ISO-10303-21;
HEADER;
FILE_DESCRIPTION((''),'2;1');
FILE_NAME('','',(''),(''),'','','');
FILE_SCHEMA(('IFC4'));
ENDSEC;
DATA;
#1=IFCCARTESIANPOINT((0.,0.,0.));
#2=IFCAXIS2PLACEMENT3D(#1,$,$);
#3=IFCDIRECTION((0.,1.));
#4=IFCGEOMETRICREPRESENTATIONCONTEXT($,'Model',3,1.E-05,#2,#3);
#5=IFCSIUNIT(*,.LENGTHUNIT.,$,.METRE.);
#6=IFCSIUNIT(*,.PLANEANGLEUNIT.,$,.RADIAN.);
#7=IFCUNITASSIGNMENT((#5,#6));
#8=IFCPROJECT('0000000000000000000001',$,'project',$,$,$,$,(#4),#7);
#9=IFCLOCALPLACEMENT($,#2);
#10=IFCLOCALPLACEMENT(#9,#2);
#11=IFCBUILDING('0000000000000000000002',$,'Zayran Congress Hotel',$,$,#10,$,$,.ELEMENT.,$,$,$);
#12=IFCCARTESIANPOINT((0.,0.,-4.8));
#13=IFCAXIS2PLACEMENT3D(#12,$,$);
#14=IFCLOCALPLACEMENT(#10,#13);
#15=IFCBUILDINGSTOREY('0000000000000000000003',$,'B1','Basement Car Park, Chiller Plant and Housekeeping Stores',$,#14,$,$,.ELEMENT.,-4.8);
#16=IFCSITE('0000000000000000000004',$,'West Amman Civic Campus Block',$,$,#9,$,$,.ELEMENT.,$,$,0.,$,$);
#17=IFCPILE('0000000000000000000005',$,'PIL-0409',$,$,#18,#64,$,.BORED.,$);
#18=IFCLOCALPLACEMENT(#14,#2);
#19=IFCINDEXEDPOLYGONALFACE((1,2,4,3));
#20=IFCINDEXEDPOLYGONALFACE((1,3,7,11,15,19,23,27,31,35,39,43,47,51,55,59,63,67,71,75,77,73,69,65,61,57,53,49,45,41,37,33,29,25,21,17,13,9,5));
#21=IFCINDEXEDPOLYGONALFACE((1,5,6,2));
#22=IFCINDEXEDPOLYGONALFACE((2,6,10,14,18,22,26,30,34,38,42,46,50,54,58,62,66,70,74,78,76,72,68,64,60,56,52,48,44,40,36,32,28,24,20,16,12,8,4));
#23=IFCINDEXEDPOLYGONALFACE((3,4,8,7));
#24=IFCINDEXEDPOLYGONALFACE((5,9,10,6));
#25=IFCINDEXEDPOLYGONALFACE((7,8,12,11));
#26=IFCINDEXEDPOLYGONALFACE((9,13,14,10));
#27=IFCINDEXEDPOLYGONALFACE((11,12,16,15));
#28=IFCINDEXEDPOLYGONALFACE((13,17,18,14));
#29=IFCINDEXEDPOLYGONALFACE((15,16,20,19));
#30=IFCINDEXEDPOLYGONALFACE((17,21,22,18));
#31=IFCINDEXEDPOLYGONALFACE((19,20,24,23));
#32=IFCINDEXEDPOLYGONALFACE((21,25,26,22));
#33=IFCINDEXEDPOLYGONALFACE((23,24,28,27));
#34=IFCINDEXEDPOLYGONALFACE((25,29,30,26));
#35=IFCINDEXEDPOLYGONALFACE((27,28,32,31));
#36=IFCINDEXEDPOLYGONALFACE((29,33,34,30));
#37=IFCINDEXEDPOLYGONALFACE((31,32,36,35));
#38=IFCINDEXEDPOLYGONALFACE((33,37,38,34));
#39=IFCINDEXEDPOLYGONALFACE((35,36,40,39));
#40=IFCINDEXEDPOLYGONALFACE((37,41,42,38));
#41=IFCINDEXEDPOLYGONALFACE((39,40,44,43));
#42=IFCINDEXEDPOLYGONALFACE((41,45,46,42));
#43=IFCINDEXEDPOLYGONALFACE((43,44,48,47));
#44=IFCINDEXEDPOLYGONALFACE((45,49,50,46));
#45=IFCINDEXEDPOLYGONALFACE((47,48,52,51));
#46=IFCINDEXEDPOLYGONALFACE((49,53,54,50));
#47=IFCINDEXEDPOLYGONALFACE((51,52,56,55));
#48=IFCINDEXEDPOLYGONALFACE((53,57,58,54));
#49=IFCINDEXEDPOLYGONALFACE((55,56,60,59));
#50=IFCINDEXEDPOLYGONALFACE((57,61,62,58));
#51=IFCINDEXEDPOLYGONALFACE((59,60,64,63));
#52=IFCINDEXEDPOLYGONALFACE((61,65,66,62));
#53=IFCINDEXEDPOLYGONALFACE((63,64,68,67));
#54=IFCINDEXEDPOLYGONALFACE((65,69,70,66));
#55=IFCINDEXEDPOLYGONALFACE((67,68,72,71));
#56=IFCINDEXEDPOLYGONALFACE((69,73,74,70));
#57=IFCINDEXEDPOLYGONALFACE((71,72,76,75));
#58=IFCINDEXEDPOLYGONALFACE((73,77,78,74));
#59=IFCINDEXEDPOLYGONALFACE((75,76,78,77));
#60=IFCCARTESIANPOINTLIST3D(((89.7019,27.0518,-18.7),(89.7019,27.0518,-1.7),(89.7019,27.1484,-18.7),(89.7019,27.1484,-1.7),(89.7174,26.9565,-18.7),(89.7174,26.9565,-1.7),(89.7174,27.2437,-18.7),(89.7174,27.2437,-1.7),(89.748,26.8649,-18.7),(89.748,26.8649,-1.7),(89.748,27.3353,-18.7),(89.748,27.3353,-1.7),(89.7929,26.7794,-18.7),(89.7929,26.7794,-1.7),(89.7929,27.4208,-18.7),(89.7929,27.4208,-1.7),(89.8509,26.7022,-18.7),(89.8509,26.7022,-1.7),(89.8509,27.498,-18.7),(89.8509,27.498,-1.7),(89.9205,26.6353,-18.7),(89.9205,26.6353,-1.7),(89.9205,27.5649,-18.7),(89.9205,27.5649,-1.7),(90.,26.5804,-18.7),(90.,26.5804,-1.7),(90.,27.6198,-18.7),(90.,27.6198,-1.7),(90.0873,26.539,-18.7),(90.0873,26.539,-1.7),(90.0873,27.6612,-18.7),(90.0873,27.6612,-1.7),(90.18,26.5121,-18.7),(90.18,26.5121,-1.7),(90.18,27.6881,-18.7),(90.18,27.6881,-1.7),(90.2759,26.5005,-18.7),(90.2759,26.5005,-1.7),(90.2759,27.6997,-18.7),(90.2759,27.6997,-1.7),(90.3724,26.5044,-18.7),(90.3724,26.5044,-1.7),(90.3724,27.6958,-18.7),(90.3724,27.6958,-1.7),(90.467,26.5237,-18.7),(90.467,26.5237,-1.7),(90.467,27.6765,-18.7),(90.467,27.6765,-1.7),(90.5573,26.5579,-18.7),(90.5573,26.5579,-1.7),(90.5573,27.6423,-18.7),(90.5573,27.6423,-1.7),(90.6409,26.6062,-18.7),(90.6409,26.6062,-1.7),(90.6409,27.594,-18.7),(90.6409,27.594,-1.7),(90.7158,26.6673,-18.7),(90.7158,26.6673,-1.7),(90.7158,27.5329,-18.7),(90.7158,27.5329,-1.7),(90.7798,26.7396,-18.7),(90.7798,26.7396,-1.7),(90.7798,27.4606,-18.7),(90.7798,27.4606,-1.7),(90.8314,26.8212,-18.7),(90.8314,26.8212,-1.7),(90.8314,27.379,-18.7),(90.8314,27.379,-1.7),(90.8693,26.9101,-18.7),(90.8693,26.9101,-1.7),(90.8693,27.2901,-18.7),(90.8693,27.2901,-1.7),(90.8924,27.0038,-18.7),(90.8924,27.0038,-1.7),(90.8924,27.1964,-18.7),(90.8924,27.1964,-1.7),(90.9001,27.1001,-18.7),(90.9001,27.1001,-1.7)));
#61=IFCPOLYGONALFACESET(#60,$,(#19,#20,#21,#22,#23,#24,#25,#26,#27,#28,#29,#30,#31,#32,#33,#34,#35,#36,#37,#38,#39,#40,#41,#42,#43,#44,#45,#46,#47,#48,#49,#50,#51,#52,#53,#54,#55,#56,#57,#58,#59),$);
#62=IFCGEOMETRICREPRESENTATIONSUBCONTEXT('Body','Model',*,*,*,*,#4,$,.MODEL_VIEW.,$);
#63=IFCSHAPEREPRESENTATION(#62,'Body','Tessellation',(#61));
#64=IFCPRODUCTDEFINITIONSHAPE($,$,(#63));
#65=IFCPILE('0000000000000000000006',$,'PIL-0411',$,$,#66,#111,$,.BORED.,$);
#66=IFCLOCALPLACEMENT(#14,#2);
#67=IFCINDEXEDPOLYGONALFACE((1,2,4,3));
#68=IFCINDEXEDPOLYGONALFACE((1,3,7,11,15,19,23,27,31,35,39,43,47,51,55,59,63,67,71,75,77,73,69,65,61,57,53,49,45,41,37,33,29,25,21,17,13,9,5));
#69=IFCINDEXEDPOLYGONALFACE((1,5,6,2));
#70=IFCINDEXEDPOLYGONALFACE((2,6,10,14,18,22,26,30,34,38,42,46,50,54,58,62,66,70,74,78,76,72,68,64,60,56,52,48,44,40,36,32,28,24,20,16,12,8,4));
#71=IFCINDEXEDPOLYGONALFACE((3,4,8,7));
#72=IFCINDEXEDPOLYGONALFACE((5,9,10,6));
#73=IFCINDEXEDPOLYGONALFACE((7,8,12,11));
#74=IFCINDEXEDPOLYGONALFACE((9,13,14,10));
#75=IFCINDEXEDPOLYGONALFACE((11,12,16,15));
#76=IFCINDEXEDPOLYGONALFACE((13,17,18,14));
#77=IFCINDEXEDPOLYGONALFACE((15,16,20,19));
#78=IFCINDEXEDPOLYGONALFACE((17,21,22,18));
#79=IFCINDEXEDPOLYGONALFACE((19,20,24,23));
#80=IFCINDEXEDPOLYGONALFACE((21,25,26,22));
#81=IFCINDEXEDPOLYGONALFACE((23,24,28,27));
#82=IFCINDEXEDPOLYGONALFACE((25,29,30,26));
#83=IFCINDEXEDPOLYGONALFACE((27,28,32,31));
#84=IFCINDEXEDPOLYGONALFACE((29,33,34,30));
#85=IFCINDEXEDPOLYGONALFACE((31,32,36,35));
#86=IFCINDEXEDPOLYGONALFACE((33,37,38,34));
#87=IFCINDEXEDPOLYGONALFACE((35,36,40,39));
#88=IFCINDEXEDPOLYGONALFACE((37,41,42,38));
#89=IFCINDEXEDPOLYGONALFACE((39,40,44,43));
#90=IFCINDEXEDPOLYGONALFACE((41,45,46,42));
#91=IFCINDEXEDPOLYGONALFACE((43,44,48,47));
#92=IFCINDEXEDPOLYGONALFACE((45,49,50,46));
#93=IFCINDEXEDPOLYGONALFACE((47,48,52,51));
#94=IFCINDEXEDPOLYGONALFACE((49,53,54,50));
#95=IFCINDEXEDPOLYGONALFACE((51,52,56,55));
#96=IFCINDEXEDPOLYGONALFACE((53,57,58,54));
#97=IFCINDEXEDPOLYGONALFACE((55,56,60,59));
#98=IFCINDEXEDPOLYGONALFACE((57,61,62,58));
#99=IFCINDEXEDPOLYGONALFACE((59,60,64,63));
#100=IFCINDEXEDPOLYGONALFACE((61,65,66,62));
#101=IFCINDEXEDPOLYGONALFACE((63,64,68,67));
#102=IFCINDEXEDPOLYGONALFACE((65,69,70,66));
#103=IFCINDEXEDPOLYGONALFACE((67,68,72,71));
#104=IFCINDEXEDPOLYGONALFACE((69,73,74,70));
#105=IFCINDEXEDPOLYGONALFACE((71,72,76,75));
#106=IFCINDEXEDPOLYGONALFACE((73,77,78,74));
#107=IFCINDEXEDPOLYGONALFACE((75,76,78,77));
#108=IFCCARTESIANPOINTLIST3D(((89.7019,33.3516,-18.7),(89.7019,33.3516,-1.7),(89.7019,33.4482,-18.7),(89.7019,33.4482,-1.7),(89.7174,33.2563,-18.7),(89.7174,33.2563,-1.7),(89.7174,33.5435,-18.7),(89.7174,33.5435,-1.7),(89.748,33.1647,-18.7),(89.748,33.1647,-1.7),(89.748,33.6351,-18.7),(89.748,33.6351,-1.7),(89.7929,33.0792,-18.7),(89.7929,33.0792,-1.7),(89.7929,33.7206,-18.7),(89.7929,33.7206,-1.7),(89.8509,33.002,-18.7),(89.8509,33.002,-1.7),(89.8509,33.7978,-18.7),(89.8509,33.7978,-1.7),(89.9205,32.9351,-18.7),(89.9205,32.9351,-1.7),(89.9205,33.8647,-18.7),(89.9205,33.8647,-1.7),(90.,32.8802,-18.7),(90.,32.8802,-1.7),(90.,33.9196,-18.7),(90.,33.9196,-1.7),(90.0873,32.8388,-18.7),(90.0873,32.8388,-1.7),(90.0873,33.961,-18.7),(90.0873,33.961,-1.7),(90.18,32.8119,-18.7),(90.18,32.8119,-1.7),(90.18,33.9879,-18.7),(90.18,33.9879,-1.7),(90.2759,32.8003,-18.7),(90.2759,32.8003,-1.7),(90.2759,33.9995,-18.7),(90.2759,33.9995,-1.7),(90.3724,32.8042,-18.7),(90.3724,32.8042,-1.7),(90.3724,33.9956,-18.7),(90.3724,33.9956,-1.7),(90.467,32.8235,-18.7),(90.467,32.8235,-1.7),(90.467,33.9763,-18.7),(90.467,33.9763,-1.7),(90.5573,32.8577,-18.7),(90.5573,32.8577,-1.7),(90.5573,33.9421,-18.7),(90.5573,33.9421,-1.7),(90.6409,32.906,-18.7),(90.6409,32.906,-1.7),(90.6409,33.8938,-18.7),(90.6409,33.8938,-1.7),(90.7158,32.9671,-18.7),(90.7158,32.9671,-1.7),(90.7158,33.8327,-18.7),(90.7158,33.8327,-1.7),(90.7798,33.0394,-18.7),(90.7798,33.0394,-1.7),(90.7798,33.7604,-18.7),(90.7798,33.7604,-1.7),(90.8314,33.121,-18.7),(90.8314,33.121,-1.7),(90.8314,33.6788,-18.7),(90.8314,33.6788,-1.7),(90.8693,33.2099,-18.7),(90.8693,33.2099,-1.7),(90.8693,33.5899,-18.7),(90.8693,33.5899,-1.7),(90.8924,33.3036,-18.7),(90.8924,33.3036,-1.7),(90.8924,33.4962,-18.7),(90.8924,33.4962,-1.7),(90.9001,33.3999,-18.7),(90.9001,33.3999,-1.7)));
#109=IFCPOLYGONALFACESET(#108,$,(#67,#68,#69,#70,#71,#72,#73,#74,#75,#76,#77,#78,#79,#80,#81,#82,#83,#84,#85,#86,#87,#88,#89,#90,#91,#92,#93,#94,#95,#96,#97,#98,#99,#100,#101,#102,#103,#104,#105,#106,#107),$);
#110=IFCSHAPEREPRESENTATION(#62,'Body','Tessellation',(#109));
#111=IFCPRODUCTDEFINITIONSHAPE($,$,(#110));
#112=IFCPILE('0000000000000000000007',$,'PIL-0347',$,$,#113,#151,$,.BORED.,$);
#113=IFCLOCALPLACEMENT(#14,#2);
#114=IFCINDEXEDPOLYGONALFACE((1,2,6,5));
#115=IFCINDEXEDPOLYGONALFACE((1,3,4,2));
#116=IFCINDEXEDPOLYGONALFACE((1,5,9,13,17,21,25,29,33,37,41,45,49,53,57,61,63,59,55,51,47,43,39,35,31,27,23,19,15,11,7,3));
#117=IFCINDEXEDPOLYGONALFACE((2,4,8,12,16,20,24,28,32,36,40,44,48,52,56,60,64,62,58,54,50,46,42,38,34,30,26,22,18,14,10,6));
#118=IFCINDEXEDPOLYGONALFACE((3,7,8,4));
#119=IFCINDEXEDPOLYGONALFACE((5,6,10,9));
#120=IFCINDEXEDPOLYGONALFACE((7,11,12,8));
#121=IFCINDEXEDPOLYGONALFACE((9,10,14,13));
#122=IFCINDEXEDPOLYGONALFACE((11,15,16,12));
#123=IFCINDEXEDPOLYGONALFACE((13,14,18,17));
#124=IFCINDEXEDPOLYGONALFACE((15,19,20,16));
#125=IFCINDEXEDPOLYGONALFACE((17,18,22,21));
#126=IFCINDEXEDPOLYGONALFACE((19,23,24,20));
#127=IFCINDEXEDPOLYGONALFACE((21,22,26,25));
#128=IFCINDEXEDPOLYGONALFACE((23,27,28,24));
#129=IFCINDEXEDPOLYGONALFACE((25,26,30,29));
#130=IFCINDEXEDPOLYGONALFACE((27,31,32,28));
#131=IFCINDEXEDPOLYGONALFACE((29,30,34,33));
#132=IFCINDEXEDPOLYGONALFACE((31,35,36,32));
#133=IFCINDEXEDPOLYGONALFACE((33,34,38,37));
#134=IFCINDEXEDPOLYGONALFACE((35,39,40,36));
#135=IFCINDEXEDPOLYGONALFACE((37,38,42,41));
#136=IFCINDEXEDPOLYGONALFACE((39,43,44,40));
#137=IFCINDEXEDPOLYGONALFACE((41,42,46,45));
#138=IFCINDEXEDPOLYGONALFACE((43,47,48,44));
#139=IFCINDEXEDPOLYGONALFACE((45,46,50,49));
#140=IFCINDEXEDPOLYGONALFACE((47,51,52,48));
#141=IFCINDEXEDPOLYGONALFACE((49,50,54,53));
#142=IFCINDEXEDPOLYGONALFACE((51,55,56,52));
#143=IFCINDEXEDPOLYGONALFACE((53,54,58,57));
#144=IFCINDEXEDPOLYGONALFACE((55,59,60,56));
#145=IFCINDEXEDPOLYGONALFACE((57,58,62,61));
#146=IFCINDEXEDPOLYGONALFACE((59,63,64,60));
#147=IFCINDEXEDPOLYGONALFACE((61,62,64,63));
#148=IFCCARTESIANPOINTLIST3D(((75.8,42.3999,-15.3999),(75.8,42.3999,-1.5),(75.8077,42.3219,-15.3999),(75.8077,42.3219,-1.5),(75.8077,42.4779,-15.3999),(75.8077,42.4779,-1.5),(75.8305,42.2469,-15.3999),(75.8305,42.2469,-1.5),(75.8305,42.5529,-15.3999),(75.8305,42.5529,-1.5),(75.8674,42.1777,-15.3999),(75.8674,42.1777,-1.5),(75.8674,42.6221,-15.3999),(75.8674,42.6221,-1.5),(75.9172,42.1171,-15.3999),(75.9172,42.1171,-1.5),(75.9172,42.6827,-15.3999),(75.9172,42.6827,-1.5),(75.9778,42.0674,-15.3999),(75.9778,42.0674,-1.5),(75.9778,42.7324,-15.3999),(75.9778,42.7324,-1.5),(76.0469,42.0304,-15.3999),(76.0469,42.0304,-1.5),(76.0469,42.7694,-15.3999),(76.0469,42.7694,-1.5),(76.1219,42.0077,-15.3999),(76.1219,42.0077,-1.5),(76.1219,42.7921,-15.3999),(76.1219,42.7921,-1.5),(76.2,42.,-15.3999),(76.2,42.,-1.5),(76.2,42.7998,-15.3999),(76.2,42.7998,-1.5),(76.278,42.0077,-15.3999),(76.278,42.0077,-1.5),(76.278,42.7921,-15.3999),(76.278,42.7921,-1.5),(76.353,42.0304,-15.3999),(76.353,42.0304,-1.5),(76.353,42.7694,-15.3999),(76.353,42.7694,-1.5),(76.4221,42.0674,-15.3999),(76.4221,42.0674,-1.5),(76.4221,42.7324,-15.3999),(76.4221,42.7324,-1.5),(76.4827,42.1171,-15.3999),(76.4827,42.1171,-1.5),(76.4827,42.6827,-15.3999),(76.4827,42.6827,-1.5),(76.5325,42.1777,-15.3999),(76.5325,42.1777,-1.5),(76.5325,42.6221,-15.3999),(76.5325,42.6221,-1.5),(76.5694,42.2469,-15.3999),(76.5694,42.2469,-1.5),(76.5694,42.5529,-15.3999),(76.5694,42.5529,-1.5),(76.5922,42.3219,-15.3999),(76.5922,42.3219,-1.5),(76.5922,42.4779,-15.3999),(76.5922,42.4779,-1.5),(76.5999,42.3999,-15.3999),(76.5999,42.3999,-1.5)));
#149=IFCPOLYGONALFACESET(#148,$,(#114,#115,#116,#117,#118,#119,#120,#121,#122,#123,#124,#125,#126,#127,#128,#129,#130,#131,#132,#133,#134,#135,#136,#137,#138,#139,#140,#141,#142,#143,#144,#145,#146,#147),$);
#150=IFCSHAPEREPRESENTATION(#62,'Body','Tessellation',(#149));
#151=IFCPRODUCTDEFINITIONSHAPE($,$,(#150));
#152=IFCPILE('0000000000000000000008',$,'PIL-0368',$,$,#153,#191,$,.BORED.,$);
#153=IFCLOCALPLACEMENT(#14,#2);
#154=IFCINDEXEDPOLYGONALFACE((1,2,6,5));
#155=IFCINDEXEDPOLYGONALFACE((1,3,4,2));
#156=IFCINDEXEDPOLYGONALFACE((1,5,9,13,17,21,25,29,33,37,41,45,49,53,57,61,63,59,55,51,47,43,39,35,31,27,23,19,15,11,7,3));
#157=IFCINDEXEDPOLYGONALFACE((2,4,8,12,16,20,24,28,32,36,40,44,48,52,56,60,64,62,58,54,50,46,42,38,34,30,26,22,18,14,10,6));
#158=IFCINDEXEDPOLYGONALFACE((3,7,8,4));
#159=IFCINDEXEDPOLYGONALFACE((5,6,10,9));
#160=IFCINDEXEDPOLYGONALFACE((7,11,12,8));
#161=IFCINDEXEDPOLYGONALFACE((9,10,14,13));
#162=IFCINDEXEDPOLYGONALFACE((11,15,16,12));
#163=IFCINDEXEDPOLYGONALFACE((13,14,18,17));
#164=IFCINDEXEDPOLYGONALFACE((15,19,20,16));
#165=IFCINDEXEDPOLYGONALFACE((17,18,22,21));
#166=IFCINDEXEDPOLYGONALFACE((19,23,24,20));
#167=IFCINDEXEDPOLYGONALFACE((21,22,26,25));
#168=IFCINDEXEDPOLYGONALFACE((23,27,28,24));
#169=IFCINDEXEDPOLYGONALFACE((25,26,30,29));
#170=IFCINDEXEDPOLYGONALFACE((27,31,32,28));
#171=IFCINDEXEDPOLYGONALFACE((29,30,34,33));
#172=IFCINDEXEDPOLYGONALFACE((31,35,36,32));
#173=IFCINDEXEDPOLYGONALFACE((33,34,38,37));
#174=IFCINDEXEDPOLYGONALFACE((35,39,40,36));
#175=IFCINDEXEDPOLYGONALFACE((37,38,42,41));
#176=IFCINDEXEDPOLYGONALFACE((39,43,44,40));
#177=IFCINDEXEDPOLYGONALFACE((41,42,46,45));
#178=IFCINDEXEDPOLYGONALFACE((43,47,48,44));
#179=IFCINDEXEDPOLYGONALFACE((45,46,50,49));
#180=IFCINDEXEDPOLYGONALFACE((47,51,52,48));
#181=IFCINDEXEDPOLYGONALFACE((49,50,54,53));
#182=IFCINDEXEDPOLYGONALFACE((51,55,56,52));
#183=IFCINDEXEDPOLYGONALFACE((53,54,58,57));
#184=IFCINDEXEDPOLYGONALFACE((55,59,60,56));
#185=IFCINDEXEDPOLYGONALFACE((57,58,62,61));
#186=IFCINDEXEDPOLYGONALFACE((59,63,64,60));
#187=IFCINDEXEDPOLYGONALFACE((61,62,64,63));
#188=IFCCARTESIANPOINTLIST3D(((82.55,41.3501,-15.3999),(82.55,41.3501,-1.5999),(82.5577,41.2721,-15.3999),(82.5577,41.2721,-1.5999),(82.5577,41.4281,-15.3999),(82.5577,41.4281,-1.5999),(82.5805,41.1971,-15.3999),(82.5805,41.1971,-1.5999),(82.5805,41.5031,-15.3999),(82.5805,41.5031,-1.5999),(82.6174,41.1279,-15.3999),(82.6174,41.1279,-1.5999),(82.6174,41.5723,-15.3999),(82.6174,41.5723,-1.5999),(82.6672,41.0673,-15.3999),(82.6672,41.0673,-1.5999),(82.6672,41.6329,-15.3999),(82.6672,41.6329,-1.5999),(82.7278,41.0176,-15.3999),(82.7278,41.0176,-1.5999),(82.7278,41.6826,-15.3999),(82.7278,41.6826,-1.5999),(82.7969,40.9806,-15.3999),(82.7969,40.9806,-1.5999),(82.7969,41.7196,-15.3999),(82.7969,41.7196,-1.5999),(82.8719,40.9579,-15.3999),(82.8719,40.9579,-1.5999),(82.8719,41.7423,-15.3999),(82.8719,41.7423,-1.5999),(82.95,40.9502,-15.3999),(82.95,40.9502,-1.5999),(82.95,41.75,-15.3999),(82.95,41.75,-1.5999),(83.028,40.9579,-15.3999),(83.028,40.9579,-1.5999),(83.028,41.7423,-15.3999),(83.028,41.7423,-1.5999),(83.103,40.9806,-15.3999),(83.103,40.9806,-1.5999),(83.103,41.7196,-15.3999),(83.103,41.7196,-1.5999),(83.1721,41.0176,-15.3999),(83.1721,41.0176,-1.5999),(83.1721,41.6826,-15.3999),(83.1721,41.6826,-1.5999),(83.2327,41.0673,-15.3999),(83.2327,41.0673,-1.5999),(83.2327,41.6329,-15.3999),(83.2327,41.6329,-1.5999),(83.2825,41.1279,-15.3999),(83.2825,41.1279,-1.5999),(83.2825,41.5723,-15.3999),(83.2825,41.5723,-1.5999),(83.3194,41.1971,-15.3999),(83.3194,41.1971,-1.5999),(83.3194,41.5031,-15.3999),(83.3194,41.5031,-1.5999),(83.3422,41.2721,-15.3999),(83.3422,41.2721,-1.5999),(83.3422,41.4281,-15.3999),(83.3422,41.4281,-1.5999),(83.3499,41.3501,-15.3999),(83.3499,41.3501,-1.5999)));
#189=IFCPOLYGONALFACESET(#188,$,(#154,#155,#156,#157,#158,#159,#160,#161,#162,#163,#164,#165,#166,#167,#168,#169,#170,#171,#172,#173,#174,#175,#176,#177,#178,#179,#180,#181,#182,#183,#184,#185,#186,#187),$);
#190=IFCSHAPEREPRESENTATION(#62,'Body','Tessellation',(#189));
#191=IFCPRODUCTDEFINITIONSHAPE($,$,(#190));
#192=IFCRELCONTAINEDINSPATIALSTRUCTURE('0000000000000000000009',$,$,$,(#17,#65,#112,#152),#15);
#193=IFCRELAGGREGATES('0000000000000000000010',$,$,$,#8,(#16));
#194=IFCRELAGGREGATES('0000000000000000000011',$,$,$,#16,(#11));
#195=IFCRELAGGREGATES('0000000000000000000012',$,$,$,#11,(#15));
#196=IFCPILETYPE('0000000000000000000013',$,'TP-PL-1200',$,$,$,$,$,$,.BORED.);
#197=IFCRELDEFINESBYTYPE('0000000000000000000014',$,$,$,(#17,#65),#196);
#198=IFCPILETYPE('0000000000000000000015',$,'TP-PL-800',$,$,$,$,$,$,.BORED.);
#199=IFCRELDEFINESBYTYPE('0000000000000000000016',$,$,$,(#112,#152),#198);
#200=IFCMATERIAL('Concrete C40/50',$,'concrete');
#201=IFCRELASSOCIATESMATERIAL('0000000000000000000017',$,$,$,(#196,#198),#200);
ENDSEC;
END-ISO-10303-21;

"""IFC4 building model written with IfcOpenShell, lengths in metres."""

from ifc_helpers import new_model, si_unit, direction, frame, origin, origin_2d, place, context, subcontext, project, spatial, circle, extrude, material, material_profile, profile_set, type_object, element, save


model = new_model("IFC4")

# Units and contexts
model_context = context("Model", 3, precision=1e-05, world=origin(), true_north=direction((0.0, 1.0)))
body_context = subcontext(model_context, "Body", "Model", "MODEL_VIEW")
ifc_project = project(units=[si_unit("LENGTHUNIT", "METRE"), si_unit("PLANEANGLEUNIT", "RADIAN")], contexts=[model_context])

# Site, building, storey
site_placement = place(None, origin())
site = spatial("IfcSite", under=ifc_project, at=site_placement, Name="West Amman Civic Campus Block", CompositionType="ELEMENT", RefElevation=0.0)
building_placement = place(site_placement, origin())
building = spatial("IfcBuilding", under=site, at=building_placement, Name="Zayran Congress Hotel", CompositionType="ELEMENT")
storey_placement = place(building_placement, frame((0.0, 0.0, -4.8)))
storey = spatial("IfcBuildingStorey", under=building, at=storey_placement, Name="B1", Description="Basement Car Park, Chiller Plant and Housekeeping Stores", CompositionType="ELEMENT", Elevation=-4.8)

# Piles
ifc_material_1 = material(Name="Concrete C40/50", Category="concrete")
ifc_material_profile_1 = material_profile(ifc_material_1, circle(Radius=0.6001, at=origin_2d()), Name="PILE D1200")
ifc_profile_set_1 = profile_set([ifc_material_profile_1], Name="Concrete C40/50")
pile_type_1 = type_object("IfcPileType", Name="TP-PL-1200", PredefinedType="BORED", material=ifc_profile_set_1)
for number, where, z_axis, x_axis, name in (
    (1, (90.3, 27.1001, -1.7), (0.0, 0.0, -1.0), (1.0, 0.0, 0.0), "PIL-0409"),
    (2, (90.3, 33.3999, -1.7), (0.0, 0.0, -1.0), (1.0, 0.0, 0.0), "PIL-0411"),
):
    element("IfcPile", number, at=place(storey_placement, frame(where, z_axis=z_axis, x_axis=x_axis)), inside=storey, type_object=pile_type_1, Name=name, PredefinedType="BORED", context=body_context, shape_type="SweptSolid", body=[
        extrude(circle(Radius=0.6001, at=origin_2d()), origin(), (0.0, 0.0, 1.0), 17.0),
    ])
ifc_material_profile_2 = material_profile(ifc_material_1, circle(Radius=0.3999, at=origin_2d()), Name="PILE D800")
ifc_profile_set_2 = profile_set([ifc_material_profile_2], Name="Concrete C40/50")
pile_type_2 = type_object("IfcPileType", Name="TP-PL-800", PredefinedType="BORED", material=ifc_profile_set_2)
pile_placement = place(storey_placement, frame((76.2, 42.3999, -1.5), z_axis=(0.0, 0.0, -1.0), x_axis=(1.0, 0.0, 0.0)))
element("IfcPile", 3, at=pile_placement, inside=storey, type_object=pile_type_2, Name="PIL-0347", PredefinedType="BORED", context=body_context, shape_type="SweptSolid", body=[
    extrude(circle(Radius=0.3999, at=origin_2d()), origin(), (0.0, 0.0, 1.0), 13.8999),
])
for number, where, z_axis, x_axis, name in (
    (4, (82.95, 41.3501, -1.5999), (0.0, 0.0, -1.0), (1.0, 0.0, 0.0), "PIL-0368"),
):
    element("IfcPile", number, at=place(storey_placement, frame(where, z_axis=z_axis, x_axis=x_axis)), inside=storey, type_object=pile_type_2, Name=name, PredefinedType="BORED", context=body_context, shape_type="SweptSolid", body=[
        extrude(circle(Radius=0.3999, at=origin_2d()), origin(), (0.0, 0.0, 1.0), 13.8),
    ])

save(model, "model.ifc")
